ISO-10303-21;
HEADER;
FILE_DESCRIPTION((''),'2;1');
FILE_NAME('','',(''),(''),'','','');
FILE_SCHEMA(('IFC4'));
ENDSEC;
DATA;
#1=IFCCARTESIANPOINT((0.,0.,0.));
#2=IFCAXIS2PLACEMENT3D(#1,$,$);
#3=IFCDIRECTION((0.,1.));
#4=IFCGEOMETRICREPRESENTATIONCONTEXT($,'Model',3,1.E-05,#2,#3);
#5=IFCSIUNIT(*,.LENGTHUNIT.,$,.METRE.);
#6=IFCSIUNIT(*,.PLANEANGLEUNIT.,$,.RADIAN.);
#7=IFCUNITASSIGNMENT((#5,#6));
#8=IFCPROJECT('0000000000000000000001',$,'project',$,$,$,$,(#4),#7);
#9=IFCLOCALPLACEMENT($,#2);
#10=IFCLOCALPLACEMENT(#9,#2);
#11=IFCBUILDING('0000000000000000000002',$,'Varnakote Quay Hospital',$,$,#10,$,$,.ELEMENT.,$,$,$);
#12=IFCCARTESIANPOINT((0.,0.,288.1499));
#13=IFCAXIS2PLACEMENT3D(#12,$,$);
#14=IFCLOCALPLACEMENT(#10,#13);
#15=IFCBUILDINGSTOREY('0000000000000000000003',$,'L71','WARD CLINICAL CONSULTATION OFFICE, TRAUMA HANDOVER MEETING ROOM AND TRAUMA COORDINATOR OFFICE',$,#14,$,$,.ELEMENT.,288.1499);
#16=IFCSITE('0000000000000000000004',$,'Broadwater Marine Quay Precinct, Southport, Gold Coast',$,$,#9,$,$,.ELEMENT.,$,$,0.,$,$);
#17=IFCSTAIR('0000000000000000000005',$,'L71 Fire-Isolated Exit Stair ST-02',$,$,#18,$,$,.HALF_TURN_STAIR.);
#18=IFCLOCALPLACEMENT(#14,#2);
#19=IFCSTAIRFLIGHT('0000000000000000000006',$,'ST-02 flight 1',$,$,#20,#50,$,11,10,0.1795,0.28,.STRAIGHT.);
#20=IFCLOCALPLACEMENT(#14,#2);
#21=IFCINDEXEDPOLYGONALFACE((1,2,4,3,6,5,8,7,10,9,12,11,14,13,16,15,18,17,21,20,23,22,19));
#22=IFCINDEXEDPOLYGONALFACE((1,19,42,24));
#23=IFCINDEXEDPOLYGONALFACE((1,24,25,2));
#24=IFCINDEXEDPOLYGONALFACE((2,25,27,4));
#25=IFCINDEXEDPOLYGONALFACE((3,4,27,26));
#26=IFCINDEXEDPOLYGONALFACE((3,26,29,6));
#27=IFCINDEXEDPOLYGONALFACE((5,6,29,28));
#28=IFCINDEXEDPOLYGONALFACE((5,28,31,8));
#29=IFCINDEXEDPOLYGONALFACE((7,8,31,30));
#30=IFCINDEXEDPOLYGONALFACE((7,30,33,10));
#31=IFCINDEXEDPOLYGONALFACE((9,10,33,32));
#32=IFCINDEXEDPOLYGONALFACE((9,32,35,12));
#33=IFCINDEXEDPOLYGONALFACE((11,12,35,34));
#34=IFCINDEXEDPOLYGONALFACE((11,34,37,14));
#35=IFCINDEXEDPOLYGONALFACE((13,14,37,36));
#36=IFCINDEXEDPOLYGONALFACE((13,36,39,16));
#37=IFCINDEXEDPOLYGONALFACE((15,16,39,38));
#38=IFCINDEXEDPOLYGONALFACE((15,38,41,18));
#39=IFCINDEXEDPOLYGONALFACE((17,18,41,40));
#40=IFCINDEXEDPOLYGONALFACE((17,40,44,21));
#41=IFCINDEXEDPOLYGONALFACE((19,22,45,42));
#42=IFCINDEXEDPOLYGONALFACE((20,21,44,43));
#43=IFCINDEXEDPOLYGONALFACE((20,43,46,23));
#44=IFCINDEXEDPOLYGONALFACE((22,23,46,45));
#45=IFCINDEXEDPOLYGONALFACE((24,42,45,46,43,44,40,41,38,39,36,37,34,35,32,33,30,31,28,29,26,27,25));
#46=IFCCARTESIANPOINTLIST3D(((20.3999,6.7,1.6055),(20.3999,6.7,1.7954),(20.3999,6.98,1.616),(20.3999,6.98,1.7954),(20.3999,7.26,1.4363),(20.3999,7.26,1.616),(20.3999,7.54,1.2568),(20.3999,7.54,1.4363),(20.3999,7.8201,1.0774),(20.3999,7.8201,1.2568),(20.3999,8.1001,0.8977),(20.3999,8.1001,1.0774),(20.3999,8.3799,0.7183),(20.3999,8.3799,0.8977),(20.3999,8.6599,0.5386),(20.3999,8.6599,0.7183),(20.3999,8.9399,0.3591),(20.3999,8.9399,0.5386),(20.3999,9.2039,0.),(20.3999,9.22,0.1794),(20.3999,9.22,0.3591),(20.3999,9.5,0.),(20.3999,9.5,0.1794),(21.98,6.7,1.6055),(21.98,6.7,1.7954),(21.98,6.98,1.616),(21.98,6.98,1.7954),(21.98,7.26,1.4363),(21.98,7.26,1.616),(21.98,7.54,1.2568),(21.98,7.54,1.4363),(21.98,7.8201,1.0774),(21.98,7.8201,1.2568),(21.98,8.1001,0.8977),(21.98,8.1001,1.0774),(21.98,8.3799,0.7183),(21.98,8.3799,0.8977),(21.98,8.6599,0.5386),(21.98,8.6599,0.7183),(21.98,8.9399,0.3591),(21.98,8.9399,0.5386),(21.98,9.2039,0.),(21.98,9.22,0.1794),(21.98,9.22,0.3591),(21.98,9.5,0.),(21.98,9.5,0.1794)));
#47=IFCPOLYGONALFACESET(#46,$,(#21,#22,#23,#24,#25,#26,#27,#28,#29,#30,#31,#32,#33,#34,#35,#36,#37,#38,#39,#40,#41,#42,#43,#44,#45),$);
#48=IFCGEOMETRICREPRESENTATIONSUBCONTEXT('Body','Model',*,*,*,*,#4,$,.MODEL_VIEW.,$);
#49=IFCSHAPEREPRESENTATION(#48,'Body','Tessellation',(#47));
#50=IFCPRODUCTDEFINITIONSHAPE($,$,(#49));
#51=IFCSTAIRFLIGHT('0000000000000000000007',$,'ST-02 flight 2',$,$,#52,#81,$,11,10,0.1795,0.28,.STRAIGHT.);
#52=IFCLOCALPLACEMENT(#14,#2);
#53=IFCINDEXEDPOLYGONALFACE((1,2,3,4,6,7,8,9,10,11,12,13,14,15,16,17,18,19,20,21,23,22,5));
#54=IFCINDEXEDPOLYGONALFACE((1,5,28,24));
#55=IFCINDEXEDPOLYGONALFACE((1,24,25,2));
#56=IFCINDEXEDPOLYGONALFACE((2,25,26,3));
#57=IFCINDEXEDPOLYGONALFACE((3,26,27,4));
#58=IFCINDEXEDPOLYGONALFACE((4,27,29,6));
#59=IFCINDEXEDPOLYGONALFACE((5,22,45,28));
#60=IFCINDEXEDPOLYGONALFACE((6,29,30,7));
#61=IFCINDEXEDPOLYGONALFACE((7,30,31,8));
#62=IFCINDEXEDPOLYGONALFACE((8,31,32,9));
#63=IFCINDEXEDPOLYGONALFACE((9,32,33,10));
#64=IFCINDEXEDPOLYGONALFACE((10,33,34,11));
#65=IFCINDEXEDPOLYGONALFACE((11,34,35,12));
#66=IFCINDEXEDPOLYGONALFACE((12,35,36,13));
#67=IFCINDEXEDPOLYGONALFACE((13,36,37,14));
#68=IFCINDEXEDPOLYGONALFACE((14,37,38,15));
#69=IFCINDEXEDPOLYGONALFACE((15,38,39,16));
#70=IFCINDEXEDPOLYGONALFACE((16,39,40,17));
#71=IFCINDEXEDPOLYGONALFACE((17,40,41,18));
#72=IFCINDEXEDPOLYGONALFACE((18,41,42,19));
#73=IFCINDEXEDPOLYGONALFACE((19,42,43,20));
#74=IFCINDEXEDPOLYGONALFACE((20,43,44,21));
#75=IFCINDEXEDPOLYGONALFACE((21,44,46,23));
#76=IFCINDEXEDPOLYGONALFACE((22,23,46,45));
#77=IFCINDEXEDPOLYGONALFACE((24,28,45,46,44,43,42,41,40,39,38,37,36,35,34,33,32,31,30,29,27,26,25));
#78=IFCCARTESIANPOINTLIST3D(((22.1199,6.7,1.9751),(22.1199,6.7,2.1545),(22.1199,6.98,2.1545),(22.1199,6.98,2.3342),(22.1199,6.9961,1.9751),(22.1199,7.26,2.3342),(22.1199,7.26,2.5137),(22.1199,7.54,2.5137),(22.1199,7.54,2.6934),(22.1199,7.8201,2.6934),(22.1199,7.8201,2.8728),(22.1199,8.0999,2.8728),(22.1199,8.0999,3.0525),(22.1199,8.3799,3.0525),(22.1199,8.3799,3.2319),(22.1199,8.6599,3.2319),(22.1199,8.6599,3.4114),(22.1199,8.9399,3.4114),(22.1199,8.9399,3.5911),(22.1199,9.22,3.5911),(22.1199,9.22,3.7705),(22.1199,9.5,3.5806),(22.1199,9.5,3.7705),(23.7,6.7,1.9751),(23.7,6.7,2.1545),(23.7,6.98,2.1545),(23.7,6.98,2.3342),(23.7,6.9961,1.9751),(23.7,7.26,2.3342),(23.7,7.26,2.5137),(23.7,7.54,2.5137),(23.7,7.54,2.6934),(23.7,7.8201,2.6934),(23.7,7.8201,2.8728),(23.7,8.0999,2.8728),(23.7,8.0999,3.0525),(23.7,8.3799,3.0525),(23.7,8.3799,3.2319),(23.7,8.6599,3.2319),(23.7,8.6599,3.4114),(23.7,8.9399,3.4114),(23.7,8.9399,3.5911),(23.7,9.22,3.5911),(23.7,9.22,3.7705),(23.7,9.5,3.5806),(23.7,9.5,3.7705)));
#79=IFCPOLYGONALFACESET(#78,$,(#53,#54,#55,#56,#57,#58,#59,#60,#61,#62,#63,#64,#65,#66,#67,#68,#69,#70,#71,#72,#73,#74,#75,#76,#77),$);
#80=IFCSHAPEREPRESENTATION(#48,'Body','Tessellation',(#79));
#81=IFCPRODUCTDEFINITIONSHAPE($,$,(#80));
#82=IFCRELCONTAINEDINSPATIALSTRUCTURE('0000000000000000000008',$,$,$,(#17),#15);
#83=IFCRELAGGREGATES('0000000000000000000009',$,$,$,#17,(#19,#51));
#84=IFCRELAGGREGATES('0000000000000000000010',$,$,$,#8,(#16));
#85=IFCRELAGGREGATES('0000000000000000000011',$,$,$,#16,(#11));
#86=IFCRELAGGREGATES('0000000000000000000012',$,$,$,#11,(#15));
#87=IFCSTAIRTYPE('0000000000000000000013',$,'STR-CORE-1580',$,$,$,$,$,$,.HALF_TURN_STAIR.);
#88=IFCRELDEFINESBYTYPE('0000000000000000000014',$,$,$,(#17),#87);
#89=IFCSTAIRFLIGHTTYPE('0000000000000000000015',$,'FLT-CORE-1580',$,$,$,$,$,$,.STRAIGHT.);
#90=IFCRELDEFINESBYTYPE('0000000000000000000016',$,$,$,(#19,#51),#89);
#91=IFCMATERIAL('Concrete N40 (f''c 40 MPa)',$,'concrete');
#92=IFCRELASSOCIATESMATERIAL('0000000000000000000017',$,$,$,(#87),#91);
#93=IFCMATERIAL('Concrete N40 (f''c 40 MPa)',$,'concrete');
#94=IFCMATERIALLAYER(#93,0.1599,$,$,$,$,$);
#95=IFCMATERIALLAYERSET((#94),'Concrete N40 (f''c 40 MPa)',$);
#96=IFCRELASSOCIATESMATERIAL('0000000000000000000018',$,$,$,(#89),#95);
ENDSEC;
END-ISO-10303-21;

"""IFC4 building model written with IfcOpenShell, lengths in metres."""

from ifc_helpers import new_model, si_unit, direction, frame, origin, place, context, subcontext, project, spatial, polyline, outline, extrude, material, layer, layer_set, type_object, element, aggregate, save


model = new_model("IFC4")

# Units and contexts
model_context = context("Model", 3, precision=1e-05, world=origin(), true_north=direction((0.0, 1.0)))
body_context = subcontext(model_context, "Body", "Model", "MODEL_VIEW")
ifc_project = project(units=[si_unit("LENGTHUNIT", "METRE"), si_unit("PLANEANGLEUNIT", "RADIAN")], contexts=[model_context])

# Site, building, storey
site_placement = place(None, origin())
site = spatial("IfcSite", under=ifc_project, at=site_placement, Name="Broadwater Marine Quay Precinct, Southport, Gold Coast", CompositionType="ELEMENT", RefElevation=0.0)
building_placement = place(site_placement, origin())
building = spatial("IfcBuilding", under=site, at=building_placement, Name="Varnakote Quay Hospital", CompositionType="ELEMENT")
storey_placement = place(building_placement, frame((0.0, 0.0, 288.1499)))
storey = spatial("IfcBuildingStorey", under=building, at=storey_placement, Name="L71", Description="WARD CLINICAL CONSULTATION OFFICE, TRAUMA HANDOVER MEETING ROOM AND TRAUMA COORDINATOR OFFICE", CompositionType="ELEMENT", Elevation=288.1499)

# Stair, stair flights
ifc_material_1 = material(Name="Concrete N40 (f'c 40 MPa)", Category="concrete")
stair_type = type_object("IfcStairType", Name="STR-CORE-1580", PredefinedType="HALF_TURN_STAIR", material=ifc_material_1)
stair_placement = place(storey_placement, origin())
stair = element("IfcStair", 1, at=stair_placement, inside=storey, type_object=stair_type, Name="L71 Fire-Isolated Exit Stair ST-02", PredefinedType="HALF_TURN_STAIR")
ifc_material_2 = material(Name="Concrete N40 (f'c 40 MPa)", Category="concrete")
ifc_layer_1 = layer(ifc_material_2, 0.1599)
ifc_layer_set_1 = layer_set([ifc_layer_1], Name="Concrete N40 (f'c 40 MPa)")
stair_flight_type = type_object("IfcStairFlightType", Name="FLT-CORE-1580", PredefinedType="STRAIGHT", material=ifc_layer_set_1)
stair_flight_1_placement = place(storey_placement, frame((21.1899, 9.5, 0.0), z_axis=(0.0, 0.0, 1.0), x_axis=(0.0, -1.0, 0.0)))
stair_flight_1 = element("IfcStairFlight", 2, at=stair_flight_1_placement, type_object=stair_flight_type, Name="ST-02 flight 1", NumberOfRisers=11, NumberOfTreads=10, PredefinedType="STRAIGHT", RiserHeight=0.1795, TreadLength=0.28, context=body_context, shape_type="SweptSolid", body=[
    extrude(outline(polyline([(0.0, 0.0), (0.0, 0.1794), (0.28, 0.1794), (0.28, 0.3591), (0.5601, 0.3591), (0.5601, 0.5386), (0.8401, 0.5386), (0.8401, 0.7183), (1.1201, 0.7183), (1.1201, 0.8977), (1.3999, 0.8977), (1.3999, 1.0774), (1.6799, 1.0774), (1.6799, 1.2568), (1.96, 1.2568), (1.96, 1.4363), (2.24, 1.4363), (2.24, 1.616), (2.52, 1.616), (2.52, 1.7954), (2.8, 1.7954), (2.8, 1.9751), (2.8, 1.6055), (0.2961, 0.0), (0.0, 0.0)])), frame((0.0, 0.79, 0.0), z_axis=(0.0, -1.0, 0.0), x_axis=(1.0, 0.0, 0.0)), (0.0, 0.0, 1.0), 1.5801),
])
stair_flight_2_placement = place(storey_placement, frame((22.9099, 6.7, 1.9751), z_axis=(0.0, 0.0, 1.0), x_axis=(0.0, 1.0, 0.0)))
stair_flight_2 = element("IfcStairFlight", 3, at=stair_flight_2_placement, type_object=stair_flight_type, Name="ST-02 flight 2", NumberOfRisers=11, NumberOfTreads=10, PredefinedType="STRAIGHT", RiserHeight=0.1795, TreadLength=0.28, context=body_context, shape_type="SweptSolid", body=[
    extrude(outline(polyline([(0.0, 0.0), (0.0, 0.1794), (0.28, 0.1794), (0.28, 0.3591), (0.5601, 0.3591), (0.5601, 0.5386), (0.8401, 0.5386), (0.8401, 0.7183), (1.1201, 0.7183), (1.1201, 0.8977), (1.3999, 0.8977), (1.3999, 1.0774), (1.6799, 1.0774), (1.6799, 1.2568), (1.96, 1.2568), (1.96, 1.4363), (2.24, 1.4363), (2.24, 1.616), (2.52, 1.616), (2.52, 1.7954), (2.8, 1.7954), (2.8, 1.9751), (2.8, 1.6055), (0.2961, 0.0), (0.0, 0.0)])), frame((0.0, 0.79, 0.0), z_axis=(0.0, -1.0, 0.0), x_axis=(1.0, 0.0, 0.0)), (0.0, 0.0, 1.0), 1.5801),
])
aggregate(stair, [stair_flight_1, stair_flight_2])

save(model, "model.ifc")
